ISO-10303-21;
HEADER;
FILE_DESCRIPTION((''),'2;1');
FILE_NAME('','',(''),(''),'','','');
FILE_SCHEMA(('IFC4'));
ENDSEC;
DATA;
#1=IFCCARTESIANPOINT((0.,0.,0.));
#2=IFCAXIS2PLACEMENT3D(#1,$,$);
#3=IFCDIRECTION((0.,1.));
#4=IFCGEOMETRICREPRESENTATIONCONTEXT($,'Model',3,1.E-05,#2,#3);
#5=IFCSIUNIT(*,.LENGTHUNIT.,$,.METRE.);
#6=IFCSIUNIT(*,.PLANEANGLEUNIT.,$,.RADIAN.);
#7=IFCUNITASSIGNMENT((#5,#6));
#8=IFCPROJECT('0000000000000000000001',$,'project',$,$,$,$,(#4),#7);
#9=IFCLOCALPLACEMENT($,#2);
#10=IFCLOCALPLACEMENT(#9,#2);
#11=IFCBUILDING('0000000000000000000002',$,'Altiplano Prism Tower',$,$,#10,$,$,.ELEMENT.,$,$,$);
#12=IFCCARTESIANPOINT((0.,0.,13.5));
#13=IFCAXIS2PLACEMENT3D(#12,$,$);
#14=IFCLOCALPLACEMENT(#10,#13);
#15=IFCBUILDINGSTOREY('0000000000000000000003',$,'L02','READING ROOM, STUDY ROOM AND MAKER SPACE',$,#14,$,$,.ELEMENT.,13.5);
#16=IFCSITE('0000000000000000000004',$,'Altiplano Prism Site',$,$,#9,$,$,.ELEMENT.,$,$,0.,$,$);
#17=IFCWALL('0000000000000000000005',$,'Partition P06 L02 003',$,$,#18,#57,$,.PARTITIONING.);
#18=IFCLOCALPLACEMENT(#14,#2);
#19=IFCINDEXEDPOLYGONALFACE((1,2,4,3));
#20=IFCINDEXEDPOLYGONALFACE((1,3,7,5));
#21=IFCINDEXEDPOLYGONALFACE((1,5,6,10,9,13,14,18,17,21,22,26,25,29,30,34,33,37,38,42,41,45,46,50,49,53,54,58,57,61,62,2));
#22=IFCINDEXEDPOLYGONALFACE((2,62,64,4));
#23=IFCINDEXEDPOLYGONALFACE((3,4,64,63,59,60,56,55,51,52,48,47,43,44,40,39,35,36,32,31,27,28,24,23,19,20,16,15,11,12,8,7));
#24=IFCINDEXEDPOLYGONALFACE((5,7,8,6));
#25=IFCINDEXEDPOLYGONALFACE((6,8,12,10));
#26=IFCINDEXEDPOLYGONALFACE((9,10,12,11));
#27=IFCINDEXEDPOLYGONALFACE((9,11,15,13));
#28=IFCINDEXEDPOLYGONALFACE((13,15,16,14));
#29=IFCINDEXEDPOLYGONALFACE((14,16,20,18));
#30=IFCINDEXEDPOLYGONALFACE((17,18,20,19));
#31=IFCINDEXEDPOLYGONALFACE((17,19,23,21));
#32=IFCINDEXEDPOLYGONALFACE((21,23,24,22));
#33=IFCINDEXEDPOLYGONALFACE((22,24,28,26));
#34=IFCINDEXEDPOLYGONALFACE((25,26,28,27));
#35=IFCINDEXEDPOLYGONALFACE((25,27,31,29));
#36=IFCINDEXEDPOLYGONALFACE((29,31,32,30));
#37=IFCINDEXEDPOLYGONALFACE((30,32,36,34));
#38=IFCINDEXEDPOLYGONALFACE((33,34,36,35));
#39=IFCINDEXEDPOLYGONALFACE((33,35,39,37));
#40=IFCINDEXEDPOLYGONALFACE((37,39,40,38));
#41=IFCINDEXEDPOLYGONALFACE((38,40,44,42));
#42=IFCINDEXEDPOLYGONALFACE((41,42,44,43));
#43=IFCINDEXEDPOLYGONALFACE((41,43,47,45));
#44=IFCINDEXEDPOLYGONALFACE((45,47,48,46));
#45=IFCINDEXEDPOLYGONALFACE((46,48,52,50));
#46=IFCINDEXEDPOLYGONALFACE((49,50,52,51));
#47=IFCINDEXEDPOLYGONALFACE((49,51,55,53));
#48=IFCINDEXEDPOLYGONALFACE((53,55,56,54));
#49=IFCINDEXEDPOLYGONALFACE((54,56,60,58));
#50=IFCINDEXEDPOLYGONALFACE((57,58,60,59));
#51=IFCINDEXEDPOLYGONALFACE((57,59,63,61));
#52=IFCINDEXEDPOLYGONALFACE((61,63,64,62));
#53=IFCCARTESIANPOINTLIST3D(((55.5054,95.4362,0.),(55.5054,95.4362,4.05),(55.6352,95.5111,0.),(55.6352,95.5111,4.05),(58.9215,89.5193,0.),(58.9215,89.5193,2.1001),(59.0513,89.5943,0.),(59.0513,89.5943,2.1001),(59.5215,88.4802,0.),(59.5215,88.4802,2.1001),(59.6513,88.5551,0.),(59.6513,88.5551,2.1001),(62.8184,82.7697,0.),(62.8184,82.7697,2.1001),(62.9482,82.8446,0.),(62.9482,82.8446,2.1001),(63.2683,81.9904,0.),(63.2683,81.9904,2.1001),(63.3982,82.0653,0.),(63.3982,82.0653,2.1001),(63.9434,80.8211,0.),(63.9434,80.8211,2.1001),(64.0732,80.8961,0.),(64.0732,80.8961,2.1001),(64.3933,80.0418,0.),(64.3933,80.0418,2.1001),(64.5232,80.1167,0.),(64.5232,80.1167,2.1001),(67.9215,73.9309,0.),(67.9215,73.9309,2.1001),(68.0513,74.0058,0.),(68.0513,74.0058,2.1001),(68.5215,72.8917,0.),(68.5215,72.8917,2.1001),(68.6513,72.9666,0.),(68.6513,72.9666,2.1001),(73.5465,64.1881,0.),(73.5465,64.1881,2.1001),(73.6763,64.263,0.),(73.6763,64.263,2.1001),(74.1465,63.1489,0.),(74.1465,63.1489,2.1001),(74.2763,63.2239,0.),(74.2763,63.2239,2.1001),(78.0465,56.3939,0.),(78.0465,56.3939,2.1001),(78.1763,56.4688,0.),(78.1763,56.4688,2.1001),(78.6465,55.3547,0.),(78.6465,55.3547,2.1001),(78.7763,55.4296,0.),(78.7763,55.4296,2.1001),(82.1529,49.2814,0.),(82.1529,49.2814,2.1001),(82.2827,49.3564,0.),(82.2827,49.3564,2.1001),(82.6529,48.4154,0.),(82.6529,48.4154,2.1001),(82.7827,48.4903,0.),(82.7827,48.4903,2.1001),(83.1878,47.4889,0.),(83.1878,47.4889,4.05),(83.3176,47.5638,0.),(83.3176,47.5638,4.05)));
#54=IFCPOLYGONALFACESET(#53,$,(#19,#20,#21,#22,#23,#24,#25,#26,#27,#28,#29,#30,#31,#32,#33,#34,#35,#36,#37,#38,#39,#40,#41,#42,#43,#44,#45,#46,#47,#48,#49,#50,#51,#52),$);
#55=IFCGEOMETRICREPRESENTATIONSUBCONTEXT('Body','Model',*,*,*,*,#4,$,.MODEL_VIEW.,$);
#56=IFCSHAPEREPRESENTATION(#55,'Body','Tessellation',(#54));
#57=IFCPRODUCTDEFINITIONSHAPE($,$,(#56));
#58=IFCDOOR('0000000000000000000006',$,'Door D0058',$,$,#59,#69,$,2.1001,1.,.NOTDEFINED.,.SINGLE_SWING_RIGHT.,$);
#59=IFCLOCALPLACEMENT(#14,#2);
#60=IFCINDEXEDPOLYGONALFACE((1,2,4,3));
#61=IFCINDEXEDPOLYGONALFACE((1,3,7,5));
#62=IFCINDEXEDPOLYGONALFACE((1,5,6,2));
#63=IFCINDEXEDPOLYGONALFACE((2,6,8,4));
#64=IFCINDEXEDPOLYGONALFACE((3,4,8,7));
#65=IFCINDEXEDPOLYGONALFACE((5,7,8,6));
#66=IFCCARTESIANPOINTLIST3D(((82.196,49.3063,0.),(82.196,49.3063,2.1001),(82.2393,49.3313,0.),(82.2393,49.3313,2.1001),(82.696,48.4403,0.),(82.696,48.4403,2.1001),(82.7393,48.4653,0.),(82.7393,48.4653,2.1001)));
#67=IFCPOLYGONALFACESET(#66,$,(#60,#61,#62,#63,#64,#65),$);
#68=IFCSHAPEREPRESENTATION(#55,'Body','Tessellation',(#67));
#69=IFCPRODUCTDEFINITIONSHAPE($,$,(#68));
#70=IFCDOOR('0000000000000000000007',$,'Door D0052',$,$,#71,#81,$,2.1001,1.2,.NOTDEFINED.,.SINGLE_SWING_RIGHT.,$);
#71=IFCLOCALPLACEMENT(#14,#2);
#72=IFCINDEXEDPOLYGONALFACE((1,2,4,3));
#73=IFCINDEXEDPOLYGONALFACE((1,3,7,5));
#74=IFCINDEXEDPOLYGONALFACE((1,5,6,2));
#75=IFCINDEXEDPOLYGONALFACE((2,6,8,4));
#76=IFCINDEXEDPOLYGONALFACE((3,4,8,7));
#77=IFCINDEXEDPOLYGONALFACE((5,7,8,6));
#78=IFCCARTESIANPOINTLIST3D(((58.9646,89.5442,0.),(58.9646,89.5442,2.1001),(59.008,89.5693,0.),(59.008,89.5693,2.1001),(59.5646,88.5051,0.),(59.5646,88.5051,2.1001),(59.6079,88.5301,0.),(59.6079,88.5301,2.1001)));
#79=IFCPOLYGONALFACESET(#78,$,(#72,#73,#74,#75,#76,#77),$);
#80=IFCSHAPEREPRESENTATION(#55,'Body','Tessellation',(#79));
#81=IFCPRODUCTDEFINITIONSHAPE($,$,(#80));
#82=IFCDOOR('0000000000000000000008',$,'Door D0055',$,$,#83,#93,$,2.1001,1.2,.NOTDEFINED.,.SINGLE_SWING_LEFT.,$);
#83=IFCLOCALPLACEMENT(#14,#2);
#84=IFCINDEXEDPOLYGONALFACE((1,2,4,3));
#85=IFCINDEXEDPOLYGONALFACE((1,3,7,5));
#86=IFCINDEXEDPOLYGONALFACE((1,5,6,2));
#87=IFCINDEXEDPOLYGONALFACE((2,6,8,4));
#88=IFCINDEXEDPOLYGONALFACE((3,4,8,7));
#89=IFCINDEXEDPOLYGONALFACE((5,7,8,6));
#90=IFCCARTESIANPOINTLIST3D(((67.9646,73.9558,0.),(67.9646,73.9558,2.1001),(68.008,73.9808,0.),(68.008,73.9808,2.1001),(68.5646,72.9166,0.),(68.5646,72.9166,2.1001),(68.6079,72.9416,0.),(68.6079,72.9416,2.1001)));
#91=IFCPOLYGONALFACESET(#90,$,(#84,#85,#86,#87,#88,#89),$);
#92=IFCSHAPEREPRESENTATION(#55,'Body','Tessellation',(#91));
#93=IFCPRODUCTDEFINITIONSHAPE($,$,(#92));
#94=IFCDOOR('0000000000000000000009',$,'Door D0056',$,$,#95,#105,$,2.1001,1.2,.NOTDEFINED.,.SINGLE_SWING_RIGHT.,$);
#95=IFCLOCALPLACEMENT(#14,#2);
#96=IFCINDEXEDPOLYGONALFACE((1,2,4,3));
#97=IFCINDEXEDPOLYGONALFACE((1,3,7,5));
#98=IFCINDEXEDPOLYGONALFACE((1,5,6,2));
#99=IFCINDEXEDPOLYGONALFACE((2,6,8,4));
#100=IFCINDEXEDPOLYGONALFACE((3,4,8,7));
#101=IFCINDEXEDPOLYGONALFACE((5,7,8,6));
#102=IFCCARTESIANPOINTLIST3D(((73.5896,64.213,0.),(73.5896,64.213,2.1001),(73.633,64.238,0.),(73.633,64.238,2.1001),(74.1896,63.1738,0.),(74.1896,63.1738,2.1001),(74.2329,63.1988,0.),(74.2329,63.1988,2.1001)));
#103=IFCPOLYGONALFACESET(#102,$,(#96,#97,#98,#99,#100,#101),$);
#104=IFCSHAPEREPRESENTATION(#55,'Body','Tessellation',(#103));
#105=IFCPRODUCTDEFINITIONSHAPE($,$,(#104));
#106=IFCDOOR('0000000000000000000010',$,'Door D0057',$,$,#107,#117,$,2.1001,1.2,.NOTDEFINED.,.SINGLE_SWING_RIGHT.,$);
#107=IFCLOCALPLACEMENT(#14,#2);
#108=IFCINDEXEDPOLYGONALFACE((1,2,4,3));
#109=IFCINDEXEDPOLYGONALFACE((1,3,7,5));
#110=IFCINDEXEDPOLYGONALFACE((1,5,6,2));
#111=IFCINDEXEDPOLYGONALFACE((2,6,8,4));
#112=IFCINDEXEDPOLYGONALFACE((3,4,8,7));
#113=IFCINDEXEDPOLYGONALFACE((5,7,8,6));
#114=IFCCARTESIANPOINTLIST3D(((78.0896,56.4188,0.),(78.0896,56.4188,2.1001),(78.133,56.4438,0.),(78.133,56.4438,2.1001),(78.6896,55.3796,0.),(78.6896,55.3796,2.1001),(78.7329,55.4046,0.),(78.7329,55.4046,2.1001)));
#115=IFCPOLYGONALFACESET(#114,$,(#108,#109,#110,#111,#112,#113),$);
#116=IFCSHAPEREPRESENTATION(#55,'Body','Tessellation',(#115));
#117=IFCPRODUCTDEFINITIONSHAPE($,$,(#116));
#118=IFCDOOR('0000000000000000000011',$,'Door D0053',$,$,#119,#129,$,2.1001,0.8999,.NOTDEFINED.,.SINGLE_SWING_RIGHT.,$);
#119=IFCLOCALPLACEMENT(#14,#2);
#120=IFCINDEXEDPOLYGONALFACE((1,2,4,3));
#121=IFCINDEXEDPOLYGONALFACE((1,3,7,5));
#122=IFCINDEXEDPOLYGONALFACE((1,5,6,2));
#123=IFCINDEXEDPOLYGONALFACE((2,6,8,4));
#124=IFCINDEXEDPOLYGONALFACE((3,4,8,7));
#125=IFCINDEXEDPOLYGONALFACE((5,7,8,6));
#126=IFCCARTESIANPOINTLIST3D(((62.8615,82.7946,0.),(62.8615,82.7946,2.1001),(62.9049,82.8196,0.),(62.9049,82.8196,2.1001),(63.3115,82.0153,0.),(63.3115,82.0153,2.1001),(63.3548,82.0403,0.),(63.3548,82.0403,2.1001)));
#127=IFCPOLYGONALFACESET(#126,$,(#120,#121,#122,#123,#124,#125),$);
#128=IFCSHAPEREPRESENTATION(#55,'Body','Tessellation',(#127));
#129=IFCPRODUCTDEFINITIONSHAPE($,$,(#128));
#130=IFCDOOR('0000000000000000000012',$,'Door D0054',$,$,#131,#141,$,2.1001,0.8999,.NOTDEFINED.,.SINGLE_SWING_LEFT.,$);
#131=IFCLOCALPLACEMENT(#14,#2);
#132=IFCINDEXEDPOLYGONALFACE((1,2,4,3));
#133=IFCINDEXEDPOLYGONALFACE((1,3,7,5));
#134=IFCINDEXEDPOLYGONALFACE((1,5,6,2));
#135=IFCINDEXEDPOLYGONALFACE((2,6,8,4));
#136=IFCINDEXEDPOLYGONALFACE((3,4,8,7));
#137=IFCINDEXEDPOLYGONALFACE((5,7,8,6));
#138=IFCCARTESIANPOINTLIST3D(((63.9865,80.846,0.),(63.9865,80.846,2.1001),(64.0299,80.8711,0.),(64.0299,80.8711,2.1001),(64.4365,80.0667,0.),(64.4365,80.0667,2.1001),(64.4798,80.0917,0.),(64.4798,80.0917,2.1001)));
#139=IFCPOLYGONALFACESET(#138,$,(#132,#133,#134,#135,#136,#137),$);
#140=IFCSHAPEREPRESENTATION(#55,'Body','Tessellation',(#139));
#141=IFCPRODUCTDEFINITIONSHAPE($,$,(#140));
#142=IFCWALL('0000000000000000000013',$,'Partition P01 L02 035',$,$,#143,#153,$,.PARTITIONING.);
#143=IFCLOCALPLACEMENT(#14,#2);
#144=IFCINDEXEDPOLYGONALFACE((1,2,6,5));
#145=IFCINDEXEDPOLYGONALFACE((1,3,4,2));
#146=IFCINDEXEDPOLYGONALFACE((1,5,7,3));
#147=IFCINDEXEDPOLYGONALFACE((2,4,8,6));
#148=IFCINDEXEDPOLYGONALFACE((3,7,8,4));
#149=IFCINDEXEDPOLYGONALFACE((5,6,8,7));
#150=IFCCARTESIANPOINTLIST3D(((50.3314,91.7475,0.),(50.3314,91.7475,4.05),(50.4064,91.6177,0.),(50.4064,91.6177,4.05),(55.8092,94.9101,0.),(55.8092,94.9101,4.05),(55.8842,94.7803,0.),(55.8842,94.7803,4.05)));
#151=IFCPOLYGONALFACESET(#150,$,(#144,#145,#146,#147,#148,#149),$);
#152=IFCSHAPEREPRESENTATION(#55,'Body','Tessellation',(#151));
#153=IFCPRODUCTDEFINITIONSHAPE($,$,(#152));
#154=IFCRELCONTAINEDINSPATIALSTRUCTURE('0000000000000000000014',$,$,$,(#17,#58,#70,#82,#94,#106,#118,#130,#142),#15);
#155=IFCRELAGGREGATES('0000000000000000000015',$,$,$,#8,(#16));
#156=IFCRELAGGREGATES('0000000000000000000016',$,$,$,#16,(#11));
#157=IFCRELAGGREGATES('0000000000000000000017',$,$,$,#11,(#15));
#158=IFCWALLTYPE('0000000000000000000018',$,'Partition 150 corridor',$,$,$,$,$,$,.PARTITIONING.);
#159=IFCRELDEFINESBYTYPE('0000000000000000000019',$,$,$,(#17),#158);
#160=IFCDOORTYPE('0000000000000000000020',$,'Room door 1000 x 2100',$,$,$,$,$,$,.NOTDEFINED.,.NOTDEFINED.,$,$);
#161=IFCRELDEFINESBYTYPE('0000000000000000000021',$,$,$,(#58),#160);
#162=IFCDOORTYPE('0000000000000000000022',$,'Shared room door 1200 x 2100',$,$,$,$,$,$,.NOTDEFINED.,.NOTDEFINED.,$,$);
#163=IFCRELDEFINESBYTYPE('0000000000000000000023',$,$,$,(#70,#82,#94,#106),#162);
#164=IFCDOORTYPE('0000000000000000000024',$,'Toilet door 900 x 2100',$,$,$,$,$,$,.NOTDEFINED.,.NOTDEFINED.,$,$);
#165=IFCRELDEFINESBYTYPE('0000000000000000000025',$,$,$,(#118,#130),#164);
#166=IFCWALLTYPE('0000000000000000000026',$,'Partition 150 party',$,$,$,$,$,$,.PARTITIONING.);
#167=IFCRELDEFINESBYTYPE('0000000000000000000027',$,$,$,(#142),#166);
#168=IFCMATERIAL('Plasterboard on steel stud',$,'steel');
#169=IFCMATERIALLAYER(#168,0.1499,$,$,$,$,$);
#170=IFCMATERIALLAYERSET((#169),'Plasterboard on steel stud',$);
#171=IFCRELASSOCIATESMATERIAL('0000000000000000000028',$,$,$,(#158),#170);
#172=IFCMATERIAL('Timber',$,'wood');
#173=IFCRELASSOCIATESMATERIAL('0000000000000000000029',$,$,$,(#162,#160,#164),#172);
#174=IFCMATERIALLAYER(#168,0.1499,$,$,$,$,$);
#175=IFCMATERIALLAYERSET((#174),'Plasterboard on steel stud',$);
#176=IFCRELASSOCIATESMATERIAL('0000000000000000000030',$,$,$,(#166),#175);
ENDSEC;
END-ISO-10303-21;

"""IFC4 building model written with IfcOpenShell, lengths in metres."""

from ifc_helpers import new_model, si_unit, direction, frame, frame_2d, origin, place, context, subcontext, project, spatial, rectangle, extrude, material, layer, layer_set, type_object, element, fill, save


model = new_model("IFC4")

# Units and contexts
model_context = context("Model", 3, precision=1e-05, world=origin(), true_north=direction((0.0, 1.0)))
body_context = subcontext(model_context, "Body", "Model", "MODEL_VIEW")
ifc_project = project(units=[si_unit("LENGTHUNIT", "METRE"), si_unit("PLANEANGLEUNIT", "RADIAN")], contexts=[model_context])

# Site, building, storey
site_placement = place(None, origin())
site = spatial("IfcSite", under=ifc_project, at=site_placement, Name="Altiplano Prism Site", CompositionType="ELEMENT", RefElevation=0.0)
building_placement = place(site_placement, origin())
building = spatial("IfcBuilding", under=site, at=building_placement, Name="Altiplano Prism Tower", CompositionType="ELEMENT")
storey_placement = place(building_placement, frame((0.0, 0.0, 13.5)))
storey = spatial("IfcBuildingStorey", under=building, at=storey_placement, Name="L02", Description="READING ROOM, STUDY ROOM AND MAKER SPACE", CompositionType="ELEMENT", Elevation=13.5)

# Shared definitions
ifc_material_1 = material(Name="Plasterboard on steel stud", Category="steel")
ifc_layer_1 = layer(ifc_material_1, 0.1499)
ifc_layer_set_1 = layer_set([ifc_layer_1], Name="Plasterboard on steel stud")
wall_type_1 = type_object("IfcWallType", Name="Partition 150 corridor", PredefinedType="PARTITIONING", material=ifc_layer_set_1)

# Shared definitions
ifc_material_2 = material(Name="Timber", Category="wood")
door_type_1 = type_object("IfcDoorType", Name="Shared room door 1200 x 2100", OperationType="NOTDEFINED", PredefinedType="NOTDEFINED", material=ifc_material_2)

# Wall, openings, doors
wall_1_placement = place(storey_placement, frame((55.5703, 95.4736, 0.0), z_axis=(0.0, 0.0, 1.0), x_axis=(0.5, -0.866025, 0.0)))
wall_1 = element("IfcWall", 1, at=wall_1_placement, inside=storey, type_object=wall_type_1, Name="Partition P06 L02 003", PredefinedType="PARTITIONING", context=body_context, shape_type="SweptSolid", body=[
    extrude(rectangle(XDim=55.3647, YDim=0.1499, at=frame_2d((27.6824, 0.0))), origin(), (0.0, 0.0, 1.0), 4.05),
])
opening_1_placement = place(wall_1_placement, frame((6.832, 0.0, 0.0)))
opening_1 = element("IfcOpeningElement", 2, at=opening_1_placement, cuts=wall_1, PredefinedType="OPENING", context=body_context, shape_type="SweptSolid", body=[
    extrude(rectangle(XDim=1.2, YDim=2.1001, at=frame_2d((0.6001, 1.05))), frame((0.0, 0.0854, 0.0), z_axis=(0.0, -1.0, 0.0), x_axis=(1.0, 0.0, 0.0)), (0.0, 0.0, 1.0), 0.1709),
])
opening_2_placement = place(wall_1_placement, frame((14.626, 0.0, 0.0)))
opening_2 = element("IfcOpeningElement", 3, at=opening_2_placement, cuts=wall_1, PredefinedType="OPENING", context=body_context, shape_type="SweptSolid", body=[
    extrude(rectangle(XDim=0.8999, YDim=2.1001, at=frame_2d((0.45, 1.05))), frame((0.0, 0.0854, 0.0), z_axis=(0.0, -1.0, 0.0), x_axis=(1.0, 0.0, 0.0)), (0.0, 0.0, 1.0), 0.1709),
])
opening_3_placement = place(wall_1_placement, frame((16.876, 0.0, 0.0)))
opening_3 = element("IfcOpeningElement", 4, at=opening_3_placement, cuts=wall_1, PredefinedType="OPENING", context=body_context, shape_type="SweptSolid", body=[
    extrude(rectangle(XDim=0.8999, YDim=2.1001, at=frame_2d((0.45, 1.05))), frame((0.0, 0.0854, 0.0), z_axis=(0.0, -1.0, 0.0), x_axis=(1.0, 0.0, 0.0)), (0.0, 0.0, 1.0), 0.1709),
])
opening_4_placement = place(wall_1_placement, frame((24.832, 0.0, 0.0)))
opening_4 = element("IfcOpeningElement", 5, at=opening_4_placement, cuts=wall_1, PredefinedType="OPENING", context=body_context, shape_type="SweptSolid", body=[
    extrude(rectangle(XDim=1.2, YDim=2.1001, at=frame_2d((0.6001, 1.05))), frame((0.0, 0.0854, 0.0), z_axis=(0.0, -1.0, 0.0), x_axis=(1.0, 0.0, 0.0)), (0.0, 0.0, 1.0), 0.1709),
])
opening_5_placement = place(wall_1_placement, frame((36.082, 0.0, 0.0)))
opening_5 = element("IfcOpeningElement", 6, at=opening_5_placement, cuts=wall_1, PredefinedType="OPENING", context=body_context, shape_type="SweptSolid", body=[
    extrude(rectangle(XDim=1.2, YDim=2.1001, at=frame_2d((0.6001, 1.05))), frame((0.0, 0.0854, 0.0), z_axis=(0.0, -1.0, 0.0), x_axis=(1.0, 0.0, 0.0)), (0.0, 0.0, 1.0), 0.1709),
])
opening_6_placement = place(wall_1_placement, frame((45.082, 0.0, 0.0)))
opening_6 = element("IfcOpeningElement", 7, at=opening_6_placement, cuts=wall_1, PredefinedType="OPENING", context=body_context, shape_type="SweptSolid", body=[
    extrude(rectangle(XDim=1.2, YDim=2.1001, at=frame_2d((0.6001, 1.05))), frame((0.0, 0.0854, 0.0), z_axis=(0.0, -1.0, 0.0), x_axis=(1.0, 0.0, 0.0)), (0.0, 0.0, 1.0), 0.1709),
])
opening_7_placement = place(wall_1_placement, frame((53.2949, 0.0, 0.0)))
opening_7 = element("IfcOpeningElement", 8, at=opening_7_placement, cuts=wall_1, PredefinedType="OPENING", context=body_context, shape_type="SweptSolid", body=[
    extrude(rectangle(XDim=1.0, YDim=2.1001, at=frame_2d((0.5, 1.05))), frame((0.0, 0.0854, 0.0), z_axis=(0.0, -1.0, 0.0), x_axis=(1.0, 0.0, 0.0)), (0.0, 0.0, 1.0), 0.1709),
])
door_type_2 = type_object("IfcDoorType", Name="Room door 1000 x 2100", OperationType="NOTDEFINED", PredefinedType="NOTDEFINED", material=ifc_material_2)
door_1_placement = place(opening_7_placement, origin())
door_1 = element("IfcDoor", 9, at=door_1_placement, inside=storey, type_object=door_type_2, Name="Door D0058", OperationType="SINGLE_SWING_RIGHT", OverallHeight=2.1001, OverallWidth=1.0, PredefinedType="NOTDEFINED", context=body_context, shape_type="SweptSolid", body=[
    extrude(rectangle(XDim=1.0, YDim=2.1001, at=frame_2d((0.5, 1.05))), frame((0.0, 0.0249, 0.0), z_axis=(0.0, -1.0, 0.0), x_axis=(1.0, 0.0, 0.0)), (0.0, 0.0, 1.0), 0.05),
])
fill(opening_7, door_1)
door_2_placement = place(opening_1_placement, origin())
door_2 = element("IfcDoor", 10, at=door_2_placement, inside=storey, type_object=door_type_1, Name="Door D0052", OperationType="SINGLE_SWING_RIGHT", OverallHeight=2.1001, OverallWidth=1.2, PredefinedType="NOTDEFINED", context=body_context, shape_type="SweptSolid", body=[
    extrude(rectangle(XDim=1.2, YDim=2.1001, at=frame_2d((0.6001, 1.05))), frame((0.0, 0.0249, 0.0), z_axis=(0.0, -1.0, 0.0), x_axis=(1.0, 0.0, 0.0)), (0.0, 0.0, 1.0), 0.05),
])
fill(opening_1, door_2)
door_3_placement = place(opening_4_placement, origin())
door_3 = element("IfcDoor", 11, at=door_3_placement, inside=storey, type_object=door_type_1, Name="Door D0055", OperationType="SINGLE_SWING_LEFT", OverallHeight=2.1001, OverallWidth=1.2, PredefinedType="NOTDEFINED", context=body_context, shape_type="SweptSolid", body=[
    extrude(rectangle(XDim=1.2, YDim=2.1001, at=frame_2d((0.6001, 1.05))), frame((0.0, 0.0249, 0.0), z_axis=(0.0, -1.0, 0.0), x_axis=(1.0, 0.0, 0.0)), (0.0, 0.0, 1.0), 0.05),
])
fill(opening_4, door_3)
door_4_placement = place(opening_5_placement, origin())
door_4 = element("IfcDoor", 12, at=door_4_placement, inside=storey, type_object=door_type_1, Name="Door D0056", OperationType="SINGLE_SWING_RIGHT", OverallHeight=2.1001, OverallWidth=1.2, PredefinedType="NOTDEFINED", context=body_context, shape_type="SweptSolid", body=[
    extrude(rectangle(XDim=1.2, YDim=2.1001, at=frame_2d((0.6001, 1.05))), frame((0.0, 0.0249, 0.0), z_axis=(0.0, -1.0, 0.0), x_axis=(1.0, 0.0, 0.0)), (0.0, 0.0, 1.0), 0.05),
])
fill(opening_5, door_4)
door_5_placement = place(opening_6_placement, origin())
door_5 = element("IfcDoor", 13, at=door_5_placement, inside=storey, type_object=door_type_1, Name="Door D0057", OperationType="SINGLE_SWING_RIGHT", OverallHeight=2.1001, OverallWidth=1.2, PredefinedType="NOTDEFINED", context=body_context, shape_type="SweptSolid", body=[
    extrude(rectangle(XDim=1.2, YDim=2.1001, at=frame_2d((0.6001, 1.05))), frame((0.0, 0.0249, 0.0), z_axis=(0.0, -1.0, 0.0), x_axis=(1.0, 0.0, 0.0)), (0.0, 0.0, 1.0), 0.05),
])
fill(opening_6, door_5)
door_type_3 = type_object("IfcDoorType", Name="Toilet door 900 x 2100", OperationType="NOTDEFINED", PredefinedType="NOTDEFINED", material=ifc_material_2)
door_6_placement = place(opening_2_placement, origin())
door_6 = element("IfcDoor", 14, at=door_6_placement, inside=storey, type_object=door_type_3, Name="Door D0053", OperationType="SINGLE_SWING_RIGHT", OverallHeight=2.1001, OverallWidth=0.8999, PredefinedType="NOTDEFINED", context=body_context, shape_type="SweptSolid", body=[
    extrude(rectangle(XDim=0.8999, YDim=2.1001, at=frame_2d((0.45, 1.05))), frame((0.0, 0.0249, 0.0), z_axis=(0.0, -1.0, 0.0), x_axis=(1.0, 0.0, 0.0)), (0.0, 0.0, 1.0), 0.05),
])
fill(opening_2, door_6)
door_7_placement = place(opening_3_placement, origin())
door_7 = element("IfcDoor", 15, at=door_7_placement, inside=storey, type_object=door_type_3, Name="Door D0054", OperationType="SINGLE_SWING_LEFT", OverallHeight=2.1001, OverallWidth=0.8999, PredefinedType="NOTDEFINED", context=body_context, shape_type="SweptSolid", body=[
    extrude(rectangle(XDim=0.8999, YDim=2.1001, at=frame_2d((0.45, 1.05))), frame((0.0, 0.0249, 0.0), z_axis=(0.0, -1.0, 0.0), x_axis=(1.0, 0.0, 0.0)), (0.0, 0.0, 1.0), 0.05),
])
fill(opening_3, door_7)

# Wall
ifc_layer_2 = layer(ifc_material_1, 0.1499)
ifc_layer_set_2 = layer_set([ifc_layer_2], Name="Plasterboard on steel stud")
wall_type_2 = type_object("IfcWallType", Name="Partition 150 party", PredefinedType="PARTITIONING", material=ifc_layer_set_2)
wall_2_placement = place(storey_placement, frame((50.3689, 91.6826, 0.0), z_axis=(0.0, 0.0, 1.0), x_axis=(0.866026, 0.5, 0.0)))
element("IfcWall", 16, at=wall_2_placement, inside=storey, type_object=wall_type_2, Name="Partition P01 L02 035", PredefinedType="PARTITIONING", context=body_context, shape_type="SweptSolid", body=[
    extrude(rectangle(XDim=6.3252, YDim=0.1499, at=frame_2d((3.1626, 0.0))), origin(), (0.0, 0.0, 1.0), 4.05),
])

save(model, "model.ifc")
